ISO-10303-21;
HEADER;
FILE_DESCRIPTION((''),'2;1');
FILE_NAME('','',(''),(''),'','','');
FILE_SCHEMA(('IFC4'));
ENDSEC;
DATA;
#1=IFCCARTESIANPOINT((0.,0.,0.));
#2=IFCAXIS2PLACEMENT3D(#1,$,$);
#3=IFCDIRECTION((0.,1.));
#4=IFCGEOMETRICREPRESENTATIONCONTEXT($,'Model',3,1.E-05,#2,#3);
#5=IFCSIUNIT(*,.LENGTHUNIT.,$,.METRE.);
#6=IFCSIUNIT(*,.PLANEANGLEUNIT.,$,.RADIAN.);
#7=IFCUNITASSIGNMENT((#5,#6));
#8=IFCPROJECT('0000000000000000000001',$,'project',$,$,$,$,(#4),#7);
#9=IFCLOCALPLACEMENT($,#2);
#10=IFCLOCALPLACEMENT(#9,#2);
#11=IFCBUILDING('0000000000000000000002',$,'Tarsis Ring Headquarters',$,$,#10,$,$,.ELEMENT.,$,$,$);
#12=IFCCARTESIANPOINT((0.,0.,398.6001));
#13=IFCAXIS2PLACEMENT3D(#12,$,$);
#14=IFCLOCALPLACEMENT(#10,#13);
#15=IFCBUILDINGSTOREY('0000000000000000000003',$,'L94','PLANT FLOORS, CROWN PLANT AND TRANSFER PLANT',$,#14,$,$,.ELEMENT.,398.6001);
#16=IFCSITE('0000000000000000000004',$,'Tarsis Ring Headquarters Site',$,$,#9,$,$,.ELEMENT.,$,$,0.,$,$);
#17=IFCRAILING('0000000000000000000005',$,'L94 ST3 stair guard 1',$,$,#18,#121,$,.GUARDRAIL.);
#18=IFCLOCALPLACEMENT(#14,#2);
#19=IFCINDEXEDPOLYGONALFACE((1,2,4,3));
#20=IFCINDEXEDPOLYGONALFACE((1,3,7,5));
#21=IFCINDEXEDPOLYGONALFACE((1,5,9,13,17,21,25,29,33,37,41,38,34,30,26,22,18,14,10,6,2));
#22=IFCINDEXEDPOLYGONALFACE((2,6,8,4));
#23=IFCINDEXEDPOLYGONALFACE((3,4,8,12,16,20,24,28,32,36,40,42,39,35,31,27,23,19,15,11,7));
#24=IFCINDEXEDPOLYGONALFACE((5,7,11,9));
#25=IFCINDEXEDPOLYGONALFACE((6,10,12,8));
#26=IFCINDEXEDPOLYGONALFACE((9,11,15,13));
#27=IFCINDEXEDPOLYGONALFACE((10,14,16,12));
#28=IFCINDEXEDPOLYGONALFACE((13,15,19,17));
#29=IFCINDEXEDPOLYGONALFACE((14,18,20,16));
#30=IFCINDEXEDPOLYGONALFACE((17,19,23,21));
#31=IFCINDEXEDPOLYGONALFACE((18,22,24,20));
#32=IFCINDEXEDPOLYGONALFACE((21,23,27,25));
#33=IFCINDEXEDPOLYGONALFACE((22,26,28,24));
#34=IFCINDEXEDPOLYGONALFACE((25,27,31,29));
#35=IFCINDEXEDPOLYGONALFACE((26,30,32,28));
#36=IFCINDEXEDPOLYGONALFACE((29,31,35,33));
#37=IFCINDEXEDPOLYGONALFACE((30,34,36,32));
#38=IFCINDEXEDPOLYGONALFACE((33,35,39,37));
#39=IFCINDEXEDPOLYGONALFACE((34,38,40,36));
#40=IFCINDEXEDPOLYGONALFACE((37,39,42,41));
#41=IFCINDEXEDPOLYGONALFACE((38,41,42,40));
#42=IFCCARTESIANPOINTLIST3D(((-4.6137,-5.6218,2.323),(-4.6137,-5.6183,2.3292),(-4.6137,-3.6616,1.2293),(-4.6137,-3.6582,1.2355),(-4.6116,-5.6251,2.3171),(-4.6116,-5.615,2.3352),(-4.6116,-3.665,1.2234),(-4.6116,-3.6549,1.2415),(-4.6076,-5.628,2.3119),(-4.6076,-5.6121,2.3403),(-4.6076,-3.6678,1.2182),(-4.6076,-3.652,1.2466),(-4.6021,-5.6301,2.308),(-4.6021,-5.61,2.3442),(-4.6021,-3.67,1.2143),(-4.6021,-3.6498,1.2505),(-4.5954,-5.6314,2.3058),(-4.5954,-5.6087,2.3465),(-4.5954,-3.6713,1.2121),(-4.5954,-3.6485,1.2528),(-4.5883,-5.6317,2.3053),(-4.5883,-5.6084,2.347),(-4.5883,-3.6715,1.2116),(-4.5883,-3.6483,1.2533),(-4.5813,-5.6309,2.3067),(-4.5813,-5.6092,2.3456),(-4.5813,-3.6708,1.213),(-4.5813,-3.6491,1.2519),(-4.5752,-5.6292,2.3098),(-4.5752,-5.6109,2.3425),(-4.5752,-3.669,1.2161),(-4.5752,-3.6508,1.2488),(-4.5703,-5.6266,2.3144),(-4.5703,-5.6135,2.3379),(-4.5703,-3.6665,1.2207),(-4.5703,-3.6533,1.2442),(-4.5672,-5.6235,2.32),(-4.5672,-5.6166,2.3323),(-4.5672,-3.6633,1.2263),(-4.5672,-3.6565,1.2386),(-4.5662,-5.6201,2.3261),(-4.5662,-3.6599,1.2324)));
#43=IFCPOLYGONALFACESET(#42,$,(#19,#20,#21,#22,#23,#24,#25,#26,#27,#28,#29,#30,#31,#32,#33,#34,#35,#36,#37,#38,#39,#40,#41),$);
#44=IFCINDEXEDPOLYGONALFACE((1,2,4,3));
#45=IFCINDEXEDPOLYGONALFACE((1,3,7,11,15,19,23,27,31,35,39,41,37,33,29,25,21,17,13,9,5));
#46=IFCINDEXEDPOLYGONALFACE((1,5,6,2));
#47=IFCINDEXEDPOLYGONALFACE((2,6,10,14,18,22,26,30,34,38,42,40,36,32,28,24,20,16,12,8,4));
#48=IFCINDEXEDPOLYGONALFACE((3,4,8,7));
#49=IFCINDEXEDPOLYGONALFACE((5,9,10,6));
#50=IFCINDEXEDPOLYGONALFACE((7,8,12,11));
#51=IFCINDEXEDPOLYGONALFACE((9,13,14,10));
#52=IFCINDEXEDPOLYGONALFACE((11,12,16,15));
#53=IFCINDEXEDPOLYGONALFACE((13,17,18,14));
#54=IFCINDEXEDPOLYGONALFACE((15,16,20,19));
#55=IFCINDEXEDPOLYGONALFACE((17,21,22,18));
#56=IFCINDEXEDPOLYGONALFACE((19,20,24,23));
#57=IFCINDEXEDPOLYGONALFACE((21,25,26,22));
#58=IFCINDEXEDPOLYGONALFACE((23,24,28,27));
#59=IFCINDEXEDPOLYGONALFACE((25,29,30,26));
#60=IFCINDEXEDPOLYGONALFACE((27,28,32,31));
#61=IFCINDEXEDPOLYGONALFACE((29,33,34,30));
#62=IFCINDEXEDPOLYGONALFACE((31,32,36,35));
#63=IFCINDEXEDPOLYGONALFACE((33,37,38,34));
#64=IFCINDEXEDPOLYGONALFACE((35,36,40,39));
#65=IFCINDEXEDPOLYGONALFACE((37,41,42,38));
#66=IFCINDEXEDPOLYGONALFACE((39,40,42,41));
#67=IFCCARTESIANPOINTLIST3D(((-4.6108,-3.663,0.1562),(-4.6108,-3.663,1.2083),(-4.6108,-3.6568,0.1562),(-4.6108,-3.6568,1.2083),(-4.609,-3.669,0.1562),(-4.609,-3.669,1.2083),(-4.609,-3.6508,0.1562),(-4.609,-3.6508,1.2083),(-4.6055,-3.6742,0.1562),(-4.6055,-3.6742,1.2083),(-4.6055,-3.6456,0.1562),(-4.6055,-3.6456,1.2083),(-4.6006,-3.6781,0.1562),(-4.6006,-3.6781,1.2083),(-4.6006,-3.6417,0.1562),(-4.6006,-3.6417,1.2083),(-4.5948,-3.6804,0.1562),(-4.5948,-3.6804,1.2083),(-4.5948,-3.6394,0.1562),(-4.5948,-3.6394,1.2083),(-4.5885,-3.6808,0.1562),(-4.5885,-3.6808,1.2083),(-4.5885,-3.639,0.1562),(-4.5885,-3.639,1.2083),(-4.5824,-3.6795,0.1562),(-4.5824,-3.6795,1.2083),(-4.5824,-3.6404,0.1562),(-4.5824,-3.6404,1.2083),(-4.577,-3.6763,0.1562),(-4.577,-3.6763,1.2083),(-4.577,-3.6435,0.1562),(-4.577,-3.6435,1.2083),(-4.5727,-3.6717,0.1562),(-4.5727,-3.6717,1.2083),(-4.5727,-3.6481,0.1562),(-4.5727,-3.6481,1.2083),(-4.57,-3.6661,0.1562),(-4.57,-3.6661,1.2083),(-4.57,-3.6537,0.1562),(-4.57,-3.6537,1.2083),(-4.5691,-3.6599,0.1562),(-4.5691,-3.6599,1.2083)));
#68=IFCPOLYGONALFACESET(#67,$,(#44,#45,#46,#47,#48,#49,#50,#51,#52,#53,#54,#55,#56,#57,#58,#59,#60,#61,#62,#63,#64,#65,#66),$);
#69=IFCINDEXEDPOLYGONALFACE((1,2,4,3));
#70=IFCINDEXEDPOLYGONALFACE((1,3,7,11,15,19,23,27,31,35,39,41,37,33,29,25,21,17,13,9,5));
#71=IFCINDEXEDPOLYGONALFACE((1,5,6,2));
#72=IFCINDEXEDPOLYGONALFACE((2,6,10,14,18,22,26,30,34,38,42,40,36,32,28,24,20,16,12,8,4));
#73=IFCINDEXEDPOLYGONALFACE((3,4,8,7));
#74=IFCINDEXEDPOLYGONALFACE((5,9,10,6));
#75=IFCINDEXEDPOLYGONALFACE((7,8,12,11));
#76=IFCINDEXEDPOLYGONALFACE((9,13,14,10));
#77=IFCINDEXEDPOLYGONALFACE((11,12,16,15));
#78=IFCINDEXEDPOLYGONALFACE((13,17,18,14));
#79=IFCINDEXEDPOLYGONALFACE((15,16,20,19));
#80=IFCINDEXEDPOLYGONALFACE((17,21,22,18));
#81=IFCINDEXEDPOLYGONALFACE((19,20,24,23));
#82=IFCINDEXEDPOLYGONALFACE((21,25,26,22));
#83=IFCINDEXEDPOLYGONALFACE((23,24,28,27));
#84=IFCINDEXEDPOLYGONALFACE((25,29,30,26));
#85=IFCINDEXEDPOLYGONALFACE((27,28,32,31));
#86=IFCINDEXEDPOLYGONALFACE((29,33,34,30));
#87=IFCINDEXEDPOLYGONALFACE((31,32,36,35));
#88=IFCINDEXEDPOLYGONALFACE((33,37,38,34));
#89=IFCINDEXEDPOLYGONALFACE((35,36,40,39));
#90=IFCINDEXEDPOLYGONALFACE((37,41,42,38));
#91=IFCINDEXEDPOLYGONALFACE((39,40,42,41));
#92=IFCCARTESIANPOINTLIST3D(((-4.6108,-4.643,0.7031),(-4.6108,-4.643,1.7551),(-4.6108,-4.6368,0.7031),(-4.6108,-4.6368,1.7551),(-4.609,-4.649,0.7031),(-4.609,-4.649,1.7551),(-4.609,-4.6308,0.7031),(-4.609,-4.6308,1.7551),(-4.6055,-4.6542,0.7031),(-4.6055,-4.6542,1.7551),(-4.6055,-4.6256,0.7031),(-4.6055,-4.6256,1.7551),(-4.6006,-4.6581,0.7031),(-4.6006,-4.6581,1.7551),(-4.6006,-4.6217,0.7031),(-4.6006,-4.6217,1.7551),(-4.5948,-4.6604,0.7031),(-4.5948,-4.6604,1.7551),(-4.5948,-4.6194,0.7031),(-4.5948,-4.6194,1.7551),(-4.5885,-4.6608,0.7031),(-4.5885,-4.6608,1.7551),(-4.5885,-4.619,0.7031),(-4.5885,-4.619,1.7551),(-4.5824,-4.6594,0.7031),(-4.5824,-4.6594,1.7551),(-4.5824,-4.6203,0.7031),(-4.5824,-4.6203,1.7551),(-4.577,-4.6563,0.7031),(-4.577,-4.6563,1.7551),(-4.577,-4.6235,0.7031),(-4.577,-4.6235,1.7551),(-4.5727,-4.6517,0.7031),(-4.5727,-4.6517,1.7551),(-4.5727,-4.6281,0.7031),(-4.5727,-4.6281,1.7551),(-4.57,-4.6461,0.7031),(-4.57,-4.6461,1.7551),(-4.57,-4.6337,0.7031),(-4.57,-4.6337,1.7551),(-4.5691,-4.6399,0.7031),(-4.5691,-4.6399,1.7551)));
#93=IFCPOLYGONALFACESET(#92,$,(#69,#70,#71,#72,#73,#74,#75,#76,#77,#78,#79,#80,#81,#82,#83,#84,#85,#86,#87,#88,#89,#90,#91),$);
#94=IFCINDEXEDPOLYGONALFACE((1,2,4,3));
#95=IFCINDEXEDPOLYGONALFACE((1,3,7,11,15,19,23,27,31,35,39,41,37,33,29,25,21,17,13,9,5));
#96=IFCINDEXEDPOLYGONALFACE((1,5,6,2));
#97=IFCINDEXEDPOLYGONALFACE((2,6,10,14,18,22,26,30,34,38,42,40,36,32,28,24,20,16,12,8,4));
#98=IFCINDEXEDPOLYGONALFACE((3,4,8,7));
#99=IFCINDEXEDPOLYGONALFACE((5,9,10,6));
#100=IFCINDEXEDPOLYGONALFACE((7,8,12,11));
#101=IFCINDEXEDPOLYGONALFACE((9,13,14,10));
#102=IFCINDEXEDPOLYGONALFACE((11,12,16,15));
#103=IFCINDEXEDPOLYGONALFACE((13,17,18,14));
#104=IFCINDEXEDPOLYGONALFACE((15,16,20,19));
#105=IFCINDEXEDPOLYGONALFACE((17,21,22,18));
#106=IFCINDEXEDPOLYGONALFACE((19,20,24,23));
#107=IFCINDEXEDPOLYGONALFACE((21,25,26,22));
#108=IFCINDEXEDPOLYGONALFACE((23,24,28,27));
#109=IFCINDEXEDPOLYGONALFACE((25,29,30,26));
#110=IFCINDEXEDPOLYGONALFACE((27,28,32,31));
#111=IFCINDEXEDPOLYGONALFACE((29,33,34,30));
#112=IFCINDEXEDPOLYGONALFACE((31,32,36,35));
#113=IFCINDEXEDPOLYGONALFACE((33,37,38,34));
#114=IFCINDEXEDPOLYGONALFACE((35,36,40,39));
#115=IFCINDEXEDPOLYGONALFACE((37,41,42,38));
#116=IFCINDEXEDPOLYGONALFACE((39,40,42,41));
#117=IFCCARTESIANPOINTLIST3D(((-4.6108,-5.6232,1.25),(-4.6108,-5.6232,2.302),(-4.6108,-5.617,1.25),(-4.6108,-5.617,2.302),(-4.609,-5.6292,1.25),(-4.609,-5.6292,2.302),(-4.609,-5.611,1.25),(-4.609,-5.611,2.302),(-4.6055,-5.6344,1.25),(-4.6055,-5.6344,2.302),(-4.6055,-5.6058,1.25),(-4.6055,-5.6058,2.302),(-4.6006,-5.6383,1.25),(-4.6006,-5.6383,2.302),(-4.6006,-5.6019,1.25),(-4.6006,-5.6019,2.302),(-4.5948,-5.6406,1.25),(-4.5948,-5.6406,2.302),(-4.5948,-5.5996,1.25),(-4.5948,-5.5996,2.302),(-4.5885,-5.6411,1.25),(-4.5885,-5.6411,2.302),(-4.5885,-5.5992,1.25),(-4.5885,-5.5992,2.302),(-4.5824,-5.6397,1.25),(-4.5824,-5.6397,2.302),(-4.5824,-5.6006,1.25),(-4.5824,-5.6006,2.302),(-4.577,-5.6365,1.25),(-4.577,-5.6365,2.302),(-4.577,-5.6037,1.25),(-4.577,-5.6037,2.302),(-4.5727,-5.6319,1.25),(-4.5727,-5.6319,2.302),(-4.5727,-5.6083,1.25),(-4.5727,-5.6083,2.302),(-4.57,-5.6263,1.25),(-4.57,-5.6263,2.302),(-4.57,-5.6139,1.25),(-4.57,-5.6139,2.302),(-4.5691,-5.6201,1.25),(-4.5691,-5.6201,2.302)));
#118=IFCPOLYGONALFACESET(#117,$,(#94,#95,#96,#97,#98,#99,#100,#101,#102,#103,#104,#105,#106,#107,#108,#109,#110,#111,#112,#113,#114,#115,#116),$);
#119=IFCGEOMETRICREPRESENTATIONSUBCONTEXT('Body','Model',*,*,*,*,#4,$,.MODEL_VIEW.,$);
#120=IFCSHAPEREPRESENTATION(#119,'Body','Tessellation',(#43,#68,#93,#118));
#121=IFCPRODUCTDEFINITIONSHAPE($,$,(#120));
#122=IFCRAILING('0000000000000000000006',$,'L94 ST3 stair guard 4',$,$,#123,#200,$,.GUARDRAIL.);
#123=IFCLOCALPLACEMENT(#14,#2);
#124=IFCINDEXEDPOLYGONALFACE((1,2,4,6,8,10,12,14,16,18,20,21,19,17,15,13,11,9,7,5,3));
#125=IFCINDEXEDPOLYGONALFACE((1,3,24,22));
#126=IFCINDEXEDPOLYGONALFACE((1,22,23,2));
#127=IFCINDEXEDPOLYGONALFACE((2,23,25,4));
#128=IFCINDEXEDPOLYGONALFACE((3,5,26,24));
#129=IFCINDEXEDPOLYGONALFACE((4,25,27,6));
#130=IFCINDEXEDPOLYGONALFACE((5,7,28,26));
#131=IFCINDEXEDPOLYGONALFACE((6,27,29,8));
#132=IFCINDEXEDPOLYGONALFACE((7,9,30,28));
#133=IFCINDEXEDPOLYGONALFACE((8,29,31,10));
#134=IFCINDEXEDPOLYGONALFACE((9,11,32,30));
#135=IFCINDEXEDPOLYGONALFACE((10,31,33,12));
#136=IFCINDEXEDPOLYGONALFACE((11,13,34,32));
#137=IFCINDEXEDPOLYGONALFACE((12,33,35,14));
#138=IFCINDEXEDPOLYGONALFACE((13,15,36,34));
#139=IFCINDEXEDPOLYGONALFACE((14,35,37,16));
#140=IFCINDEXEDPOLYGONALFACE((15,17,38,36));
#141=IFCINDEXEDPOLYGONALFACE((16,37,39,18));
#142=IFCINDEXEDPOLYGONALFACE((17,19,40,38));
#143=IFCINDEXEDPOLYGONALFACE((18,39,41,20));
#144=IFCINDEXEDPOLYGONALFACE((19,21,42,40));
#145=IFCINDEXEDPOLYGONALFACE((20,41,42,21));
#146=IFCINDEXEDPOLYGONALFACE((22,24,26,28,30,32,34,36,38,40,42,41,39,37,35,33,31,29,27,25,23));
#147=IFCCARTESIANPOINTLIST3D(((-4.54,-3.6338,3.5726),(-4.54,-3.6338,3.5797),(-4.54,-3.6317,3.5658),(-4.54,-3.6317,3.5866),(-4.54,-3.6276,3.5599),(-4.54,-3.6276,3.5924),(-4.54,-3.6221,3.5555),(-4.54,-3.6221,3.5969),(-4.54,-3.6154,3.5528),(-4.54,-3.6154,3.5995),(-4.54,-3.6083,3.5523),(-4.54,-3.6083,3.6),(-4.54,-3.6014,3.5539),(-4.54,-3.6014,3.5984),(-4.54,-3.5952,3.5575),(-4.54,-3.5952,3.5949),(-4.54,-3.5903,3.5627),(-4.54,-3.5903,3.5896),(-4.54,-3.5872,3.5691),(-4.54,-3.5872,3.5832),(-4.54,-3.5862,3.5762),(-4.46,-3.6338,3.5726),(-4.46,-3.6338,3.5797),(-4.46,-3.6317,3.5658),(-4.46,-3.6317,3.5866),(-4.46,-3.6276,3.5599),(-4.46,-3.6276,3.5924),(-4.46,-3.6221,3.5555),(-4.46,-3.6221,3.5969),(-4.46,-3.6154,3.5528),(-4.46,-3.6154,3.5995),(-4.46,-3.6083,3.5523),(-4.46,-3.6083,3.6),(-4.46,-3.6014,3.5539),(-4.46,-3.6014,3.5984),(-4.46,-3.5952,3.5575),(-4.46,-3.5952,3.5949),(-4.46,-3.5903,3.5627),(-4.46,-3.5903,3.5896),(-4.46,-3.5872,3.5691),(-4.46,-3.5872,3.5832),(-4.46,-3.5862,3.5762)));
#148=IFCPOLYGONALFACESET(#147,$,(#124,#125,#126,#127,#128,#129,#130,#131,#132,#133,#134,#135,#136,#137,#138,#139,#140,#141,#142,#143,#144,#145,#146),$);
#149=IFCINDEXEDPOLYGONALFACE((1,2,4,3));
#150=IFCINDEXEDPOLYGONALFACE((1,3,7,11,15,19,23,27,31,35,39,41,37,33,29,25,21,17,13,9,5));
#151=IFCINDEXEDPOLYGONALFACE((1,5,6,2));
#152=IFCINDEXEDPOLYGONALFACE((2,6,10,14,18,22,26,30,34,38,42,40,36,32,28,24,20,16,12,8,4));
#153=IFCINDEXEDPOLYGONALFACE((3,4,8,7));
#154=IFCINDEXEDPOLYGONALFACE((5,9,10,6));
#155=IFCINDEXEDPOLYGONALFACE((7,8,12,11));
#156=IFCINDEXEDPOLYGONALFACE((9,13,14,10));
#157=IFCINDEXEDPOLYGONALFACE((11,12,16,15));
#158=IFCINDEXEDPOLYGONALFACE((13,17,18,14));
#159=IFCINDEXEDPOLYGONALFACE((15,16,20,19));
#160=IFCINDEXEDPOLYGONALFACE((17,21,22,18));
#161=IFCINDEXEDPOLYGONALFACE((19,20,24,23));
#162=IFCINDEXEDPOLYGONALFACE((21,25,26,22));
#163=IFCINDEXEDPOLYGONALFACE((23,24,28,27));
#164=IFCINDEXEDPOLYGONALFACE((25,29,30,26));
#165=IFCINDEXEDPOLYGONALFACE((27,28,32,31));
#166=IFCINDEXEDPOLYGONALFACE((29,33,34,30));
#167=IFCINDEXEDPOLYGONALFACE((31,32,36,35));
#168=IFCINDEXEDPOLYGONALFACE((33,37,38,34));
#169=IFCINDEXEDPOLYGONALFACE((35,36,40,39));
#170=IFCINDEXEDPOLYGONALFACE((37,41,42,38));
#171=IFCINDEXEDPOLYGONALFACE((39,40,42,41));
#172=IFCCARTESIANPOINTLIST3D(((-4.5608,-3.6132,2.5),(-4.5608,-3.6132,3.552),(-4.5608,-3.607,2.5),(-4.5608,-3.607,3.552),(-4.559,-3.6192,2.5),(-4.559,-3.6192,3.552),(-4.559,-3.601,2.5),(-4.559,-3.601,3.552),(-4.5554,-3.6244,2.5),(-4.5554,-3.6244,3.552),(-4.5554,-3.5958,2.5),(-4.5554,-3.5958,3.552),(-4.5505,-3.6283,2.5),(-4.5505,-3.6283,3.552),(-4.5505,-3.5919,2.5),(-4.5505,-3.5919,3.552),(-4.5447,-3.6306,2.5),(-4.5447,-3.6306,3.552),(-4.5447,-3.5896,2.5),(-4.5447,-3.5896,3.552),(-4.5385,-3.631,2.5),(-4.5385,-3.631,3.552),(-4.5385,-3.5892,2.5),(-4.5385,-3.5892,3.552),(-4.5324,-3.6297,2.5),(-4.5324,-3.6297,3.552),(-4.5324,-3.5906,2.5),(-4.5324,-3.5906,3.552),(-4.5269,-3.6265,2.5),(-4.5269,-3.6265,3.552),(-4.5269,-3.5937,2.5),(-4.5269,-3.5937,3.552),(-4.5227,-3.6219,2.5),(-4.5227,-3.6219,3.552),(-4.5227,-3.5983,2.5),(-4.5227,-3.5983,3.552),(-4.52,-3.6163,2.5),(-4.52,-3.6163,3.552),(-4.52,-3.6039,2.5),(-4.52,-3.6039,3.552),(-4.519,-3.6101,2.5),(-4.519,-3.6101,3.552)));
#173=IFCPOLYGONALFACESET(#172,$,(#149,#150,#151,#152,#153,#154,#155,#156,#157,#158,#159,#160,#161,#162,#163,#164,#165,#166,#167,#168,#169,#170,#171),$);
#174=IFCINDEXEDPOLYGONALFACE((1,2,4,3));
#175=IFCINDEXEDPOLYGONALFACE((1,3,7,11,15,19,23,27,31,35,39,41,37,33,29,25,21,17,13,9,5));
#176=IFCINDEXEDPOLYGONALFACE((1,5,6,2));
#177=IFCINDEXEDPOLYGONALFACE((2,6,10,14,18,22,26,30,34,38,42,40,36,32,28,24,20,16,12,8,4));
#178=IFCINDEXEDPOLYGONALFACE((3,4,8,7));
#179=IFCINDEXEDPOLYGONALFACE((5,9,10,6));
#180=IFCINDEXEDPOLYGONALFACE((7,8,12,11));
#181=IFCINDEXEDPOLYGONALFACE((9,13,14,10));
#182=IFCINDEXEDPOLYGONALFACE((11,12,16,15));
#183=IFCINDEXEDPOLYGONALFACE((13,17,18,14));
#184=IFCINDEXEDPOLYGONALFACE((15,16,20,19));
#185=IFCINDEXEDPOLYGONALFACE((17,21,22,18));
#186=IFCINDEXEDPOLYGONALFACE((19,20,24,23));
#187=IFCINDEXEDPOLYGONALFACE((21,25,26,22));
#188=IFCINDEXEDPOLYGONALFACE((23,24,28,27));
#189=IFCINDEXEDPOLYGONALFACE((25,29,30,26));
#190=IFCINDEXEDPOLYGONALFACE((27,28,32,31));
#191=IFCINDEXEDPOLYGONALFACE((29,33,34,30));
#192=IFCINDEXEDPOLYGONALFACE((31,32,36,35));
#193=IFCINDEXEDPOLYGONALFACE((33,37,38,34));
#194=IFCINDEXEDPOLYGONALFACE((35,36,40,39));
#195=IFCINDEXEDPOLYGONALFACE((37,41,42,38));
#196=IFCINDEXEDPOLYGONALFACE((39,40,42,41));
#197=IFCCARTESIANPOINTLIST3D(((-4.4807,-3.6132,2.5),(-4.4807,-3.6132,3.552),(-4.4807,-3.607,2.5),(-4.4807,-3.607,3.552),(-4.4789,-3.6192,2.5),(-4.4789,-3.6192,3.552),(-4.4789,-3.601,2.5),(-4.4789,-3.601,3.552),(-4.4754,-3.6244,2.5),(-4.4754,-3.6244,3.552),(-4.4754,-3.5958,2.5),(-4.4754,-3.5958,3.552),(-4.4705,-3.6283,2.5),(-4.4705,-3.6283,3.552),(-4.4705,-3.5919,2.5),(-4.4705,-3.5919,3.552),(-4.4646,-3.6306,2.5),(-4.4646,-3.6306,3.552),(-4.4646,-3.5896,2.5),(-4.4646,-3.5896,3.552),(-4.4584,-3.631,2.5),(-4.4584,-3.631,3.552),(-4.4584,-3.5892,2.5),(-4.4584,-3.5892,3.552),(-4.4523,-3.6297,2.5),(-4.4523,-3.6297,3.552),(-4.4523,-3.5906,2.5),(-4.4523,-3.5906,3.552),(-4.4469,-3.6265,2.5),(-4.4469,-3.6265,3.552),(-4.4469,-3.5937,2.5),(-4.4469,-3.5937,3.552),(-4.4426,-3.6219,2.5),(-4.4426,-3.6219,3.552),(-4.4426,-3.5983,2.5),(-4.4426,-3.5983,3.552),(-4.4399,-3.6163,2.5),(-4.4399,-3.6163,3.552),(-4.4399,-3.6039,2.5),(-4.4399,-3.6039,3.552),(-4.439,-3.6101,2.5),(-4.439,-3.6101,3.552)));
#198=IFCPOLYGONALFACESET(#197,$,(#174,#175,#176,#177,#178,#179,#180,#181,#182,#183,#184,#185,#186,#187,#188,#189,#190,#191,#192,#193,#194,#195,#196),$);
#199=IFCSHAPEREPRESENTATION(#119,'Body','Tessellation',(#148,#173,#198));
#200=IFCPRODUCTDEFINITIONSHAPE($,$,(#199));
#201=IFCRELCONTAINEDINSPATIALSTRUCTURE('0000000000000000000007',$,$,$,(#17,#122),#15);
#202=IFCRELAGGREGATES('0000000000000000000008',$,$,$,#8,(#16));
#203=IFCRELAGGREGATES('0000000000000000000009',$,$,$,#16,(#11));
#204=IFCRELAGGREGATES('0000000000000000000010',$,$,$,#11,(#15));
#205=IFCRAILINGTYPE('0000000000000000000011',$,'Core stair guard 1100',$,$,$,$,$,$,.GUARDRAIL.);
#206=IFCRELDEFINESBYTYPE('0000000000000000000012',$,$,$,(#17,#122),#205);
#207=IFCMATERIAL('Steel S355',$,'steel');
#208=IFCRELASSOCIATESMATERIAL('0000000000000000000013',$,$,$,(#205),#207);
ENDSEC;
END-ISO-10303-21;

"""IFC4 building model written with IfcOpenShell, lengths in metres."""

from ifc_helpers import new_model, si_unit, direction, frame, origin, origin_2d, place, context, subcontext, project, spatial, circle, extrude, material, type_object, element, save


model = new_model("IFC4")

# Units and contexts
model_context = context("Model", 3, precision=1e-05, world=origin(), true_north=direction((0.0, 1.0)))
body_context = subcontext(model_context, "Body", "Model", "MODEL_VIEW")
ifc_project = project(units=[si_unit("LENGTHUNIT", "METRE"), si_unit("PLANEANGLEUNIT", "RADIAN")], contexts=[model_context])

# Site, building, storey
site_placement = place(None, origin())
site = spatial("IfcSite", under=ifc_project, at=site_placement, Name="Tarsis Ring Headquarters Site", CompositionType="ELEMENT", RefElevation=0.0)
building_placement = place(site_placement, origin())
building = spatial("IfcBuilding", under=site, at=building_placement, Name="Tarsis Ring Headquarters", CompositionType="ELEMENT")
storey_placement = place(building_placement, frame((0.0, 0.0, 398.6001)))
storey = spatial("IfcBuildingStorey", under=building, at=storey_placement, Name="L94", Description="PLANT FLOORS, CROWN PLANT AND TRANSFER PLANT", CompositionType="ELEMENT", Elevation=398.6001)

# Shared definitions
ifc_material_1 = material(Name="Steel S355", Category="steel")

# Railings
railing_type_1 = type_object("IfcRailingType", Name="Core stair guard 1100", PredefinedType="GUARDRAIL", material=ifc_material_1)
railing_1_placement = place(storey_placement, frame((-4.5901, -3.6599, 0.1562)))
element("IfcRailing", 1, at=railing_1_placement, inside=storey, type_object=railing_type_1, Name="L94 ST3 stair guard 1", PredefinedType="GUARDRAIL", context=body_context, shape_type="SweptSolid", body=[
    extrude(circle(Radius=0.0239, at=origin_2d()), frame((0.0, 0.0, 1.0762), z_axis=(0.0, -0.873258, 0.487258), x_axis=(1.0, 0.0, 0.0)), (0.0, 0.0, 1.0), 2.2446),
    extrude(circle(Radius=0.021, at=origin_2d()), origin(), (0.0, 0.0, 1.0), 1.052),
    extrude(circle(Radius=0.021, at=origin_2d()), frame((0.0, -0.98, 0.5469)), (0.0, 0.0, 1.0), 1.052),
    extrude(circle(Radius=0.021, at=origin_2d()), frame((0.0, -1.9602, 1.0938)), (0.0, 0.0, 1.0), 1.052),
])
railing_2_placement = place(storey_placement, frame((-4.54, -3.6101, 2.5)))
element("IfcRailing", 2, at=railing_2_placement, inside=storey, type_object=railing_type_1, Name="L94 ST3 stair guard 4", PredefinedType="GUARDRAIL", context=body_context, shape_type="SweptSolid", body=[
    extrude(circle(Radius=0.0239, at=origin_2d()), frame((0.0, 0.0, 1.0762), z_axis=(1.0, 0.0, 0.0), x_axis=(0.0, 1.0, 0.0)), (0.0, 0.0, 1.0), 0.0801),
    extrude(circle(Radius=0.021, at=origin_2d()), origin(), (0.0, 0.0, 1.0), 1.052),
    extrude(circle(Radius=0.021, at=origin_2d()), frame((0.0801, 0.0, 0.0)), (0.0, 0.0, 1.0), 1.052),
])

save(model, "model.ifc")
